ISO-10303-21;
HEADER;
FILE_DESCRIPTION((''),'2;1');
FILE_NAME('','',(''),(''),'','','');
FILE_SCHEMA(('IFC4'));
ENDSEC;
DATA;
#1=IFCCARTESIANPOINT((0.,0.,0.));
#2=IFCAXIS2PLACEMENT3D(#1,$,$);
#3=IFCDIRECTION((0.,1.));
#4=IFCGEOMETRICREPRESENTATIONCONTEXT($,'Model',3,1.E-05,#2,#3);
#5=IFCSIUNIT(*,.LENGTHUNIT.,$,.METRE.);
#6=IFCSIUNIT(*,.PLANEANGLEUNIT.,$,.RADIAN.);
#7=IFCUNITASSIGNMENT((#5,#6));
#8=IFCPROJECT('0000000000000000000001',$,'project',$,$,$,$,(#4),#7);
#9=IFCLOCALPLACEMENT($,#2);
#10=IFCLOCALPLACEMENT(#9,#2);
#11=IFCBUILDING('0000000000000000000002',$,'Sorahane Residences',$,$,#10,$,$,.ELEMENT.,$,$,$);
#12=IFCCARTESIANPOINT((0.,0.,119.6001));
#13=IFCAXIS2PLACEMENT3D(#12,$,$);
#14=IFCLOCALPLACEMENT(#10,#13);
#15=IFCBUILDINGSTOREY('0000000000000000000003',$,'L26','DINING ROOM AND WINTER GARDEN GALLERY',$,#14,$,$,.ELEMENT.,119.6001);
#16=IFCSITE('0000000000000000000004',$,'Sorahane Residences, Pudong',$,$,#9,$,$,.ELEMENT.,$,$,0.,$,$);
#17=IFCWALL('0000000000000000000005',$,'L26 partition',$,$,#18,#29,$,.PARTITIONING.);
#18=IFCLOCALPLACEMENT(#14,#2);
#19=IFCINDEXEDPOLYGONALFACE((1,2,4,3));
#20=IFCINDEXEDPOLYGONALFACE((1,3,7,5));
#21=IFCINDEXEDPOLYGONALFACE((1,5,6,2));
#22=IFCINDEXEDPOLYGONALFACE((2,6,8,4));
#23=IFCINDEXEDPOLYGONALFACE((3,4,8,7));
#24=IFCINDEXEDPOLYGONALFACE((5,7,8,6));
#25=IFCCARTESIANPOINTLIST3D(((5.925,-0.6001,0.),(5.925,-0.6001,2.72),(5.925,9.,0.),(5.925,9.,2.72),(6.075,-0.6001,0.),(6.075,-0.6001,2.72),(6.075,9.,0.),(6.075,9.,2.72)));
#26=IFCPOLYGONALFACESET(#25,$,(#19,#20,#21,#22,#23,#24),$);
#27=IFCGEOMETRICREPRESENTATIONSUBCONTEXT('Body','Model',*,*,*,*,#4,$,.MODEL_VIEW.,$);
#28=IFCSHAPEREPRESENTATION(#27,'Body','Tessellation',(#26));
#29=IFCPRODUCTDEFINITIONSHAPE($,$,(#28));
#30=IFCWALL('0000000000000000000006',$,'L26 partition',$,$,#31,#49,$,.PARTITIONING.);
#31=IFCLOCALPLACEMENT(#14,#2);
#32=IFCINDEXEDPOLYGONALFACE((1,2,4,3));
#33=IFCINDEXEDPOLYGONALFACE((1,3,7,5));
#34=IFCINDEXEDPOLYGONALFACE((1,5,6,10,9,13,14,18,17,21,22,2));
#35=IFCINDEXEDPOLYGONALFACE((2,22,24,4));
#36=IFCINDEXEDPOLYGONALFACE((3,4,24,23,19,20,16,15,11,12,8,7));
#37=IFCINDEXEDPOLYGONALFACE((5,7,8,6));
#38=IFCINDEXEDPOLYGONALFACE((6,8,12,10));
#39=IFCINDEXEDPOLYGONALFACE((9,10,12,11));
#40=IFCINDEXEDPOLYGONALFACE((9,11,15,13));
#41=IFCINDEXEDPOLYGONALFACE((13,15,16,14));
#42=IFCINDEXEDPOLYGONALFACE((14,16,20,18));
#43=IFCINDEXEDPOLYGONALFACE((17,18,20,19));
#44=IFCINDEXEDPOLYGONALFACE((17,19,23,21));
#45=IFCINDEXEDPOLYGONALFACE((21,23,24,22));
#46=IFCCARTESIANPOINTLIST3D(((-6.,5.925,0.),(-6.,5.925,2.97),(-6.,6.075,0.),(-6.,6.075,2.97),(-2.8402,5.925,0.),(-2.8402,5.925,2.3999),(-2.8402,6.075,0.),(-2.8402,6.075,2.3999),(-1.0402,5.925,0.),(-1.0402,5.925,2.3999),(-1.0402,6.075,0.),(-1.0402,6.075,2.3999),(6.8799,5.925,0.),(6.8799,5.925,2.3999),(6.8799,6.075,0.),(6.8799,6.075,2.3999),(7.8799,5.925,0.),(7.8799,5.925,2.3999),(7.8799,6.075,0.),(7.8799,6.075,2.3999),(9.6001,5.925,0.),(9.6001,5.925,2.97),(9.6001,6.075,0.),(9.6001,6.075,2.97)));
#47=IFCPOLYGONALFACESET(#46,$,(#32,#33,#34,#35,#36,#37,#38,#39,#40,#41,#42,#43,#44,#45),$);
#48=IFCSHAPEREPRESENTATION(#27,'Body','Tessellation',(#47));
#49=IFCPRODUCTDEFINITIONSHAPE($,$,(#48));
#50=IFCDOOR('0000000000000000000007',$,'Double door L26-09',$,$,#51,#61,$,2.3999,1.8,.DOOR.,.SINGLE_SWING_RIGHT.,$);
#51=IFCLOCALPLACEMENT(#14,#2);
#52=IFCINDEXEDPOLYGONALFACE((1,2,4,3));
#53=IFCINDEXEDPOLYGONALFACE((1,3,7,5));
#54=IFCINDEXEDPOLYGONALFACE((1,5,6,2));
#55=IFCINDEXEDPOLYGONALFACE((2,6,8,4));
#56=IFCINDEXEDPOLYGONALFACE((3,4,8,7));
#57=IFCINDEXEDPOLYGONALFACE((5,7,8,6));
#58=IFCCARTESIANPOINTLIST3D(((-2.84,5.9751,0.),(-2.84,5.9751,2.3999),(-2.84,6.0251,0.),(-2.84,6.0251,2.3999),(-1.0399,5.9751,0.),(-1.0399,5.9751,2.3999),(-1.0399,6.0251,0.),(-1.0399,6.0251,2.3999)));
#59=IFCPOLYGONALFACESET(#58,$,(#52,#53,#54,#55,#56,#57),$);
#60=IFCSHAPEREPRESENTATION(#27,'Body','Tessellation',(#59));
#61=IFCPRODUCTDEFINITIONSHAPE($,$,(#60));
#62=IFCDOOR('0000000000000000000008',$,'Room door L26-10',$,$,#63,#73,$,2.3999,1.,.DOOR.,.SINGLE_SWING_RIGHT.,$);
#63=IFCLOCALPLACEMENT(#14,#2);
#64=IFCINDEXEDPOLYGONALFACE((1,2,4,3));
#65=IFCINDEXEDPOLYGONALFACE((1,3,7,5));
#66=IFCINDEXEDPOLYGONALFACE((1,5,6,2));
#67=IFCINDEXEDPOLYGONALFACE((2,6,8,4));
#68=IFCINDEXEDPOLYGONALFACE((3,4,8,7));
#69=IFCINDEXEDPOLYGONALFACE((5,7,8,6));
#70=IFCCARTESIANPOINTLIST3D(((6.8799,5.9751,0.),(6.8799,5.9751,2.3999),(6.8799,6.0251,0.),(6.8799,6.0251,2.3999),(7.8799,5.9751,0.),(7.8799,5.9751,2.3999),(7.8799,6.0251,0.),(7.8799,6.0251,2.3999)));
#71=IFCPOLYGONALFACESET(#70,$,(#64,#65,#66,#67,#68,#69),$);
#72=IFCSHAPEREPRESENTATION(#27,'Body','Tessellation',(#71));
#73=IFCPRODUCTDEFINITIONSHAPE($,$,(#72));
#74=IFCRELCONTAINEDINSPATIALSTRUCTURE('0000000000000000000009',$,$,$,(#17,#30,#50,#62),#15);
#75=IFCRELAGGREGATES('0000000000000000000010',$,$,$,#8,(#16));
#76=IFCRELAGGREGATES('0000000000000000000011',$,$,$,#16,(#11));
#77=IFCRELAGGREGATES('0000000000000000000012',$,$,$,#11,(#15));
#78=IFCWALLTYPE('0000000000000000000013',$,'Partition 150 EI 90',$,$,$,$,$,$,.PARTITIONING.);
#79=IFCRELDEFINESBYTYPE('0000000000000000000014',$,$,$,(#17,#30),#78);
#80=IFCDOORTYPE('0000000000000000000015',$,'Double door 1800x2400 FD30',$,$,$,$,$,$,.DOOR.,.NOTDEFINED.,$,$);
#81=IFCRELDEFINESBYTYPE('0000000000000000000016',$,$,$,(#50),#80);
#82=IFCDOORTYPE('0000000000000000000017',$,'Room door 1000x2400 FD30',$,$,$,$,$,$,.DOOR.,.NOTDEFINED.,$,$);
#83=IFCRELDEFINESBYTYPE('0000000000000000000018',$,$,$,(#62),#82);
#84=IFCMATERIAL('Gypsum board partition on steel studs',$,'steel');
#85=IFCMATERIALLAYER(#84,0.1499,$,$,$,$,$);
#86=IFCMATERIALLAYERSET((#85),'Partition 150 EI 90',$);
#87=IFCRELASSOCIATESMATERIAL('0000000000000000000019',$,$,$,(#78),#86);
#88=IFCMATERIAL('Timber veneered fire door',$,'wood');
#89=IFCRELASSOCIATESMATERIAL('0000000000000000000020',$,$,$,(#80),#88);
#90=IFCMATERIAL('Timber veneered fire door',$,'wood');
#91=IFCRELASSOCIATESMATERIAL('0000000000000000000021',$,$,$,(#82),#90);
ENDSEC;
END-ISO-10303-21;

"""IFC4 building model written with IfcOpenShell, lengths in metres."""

from ifc_helpers import new_model, si_unit, direction, frame, frame_2d, origin, place, context, subcontext, project, spatial, rectangle, extrude, material, layer, layer_set, type_object, element, fill, save


model = new_model("IFC4")

# Units and contexts
model_context = context("Model", 3, precision=1e-05, world=origin(), true_north=direction((0.0, 1.0)))
body_context = subcontext(model_context, "Body", "Model", "MODEL_VIEW")
ifc_project = project(units=[si_unit("LENGTHUNIT", "METRE"), si_unit("PLANEANGLEUNIT", "RADIAN")], contexts=[model_context])

# Site, building, storey
site_placement = place(None, origin())
site = spatial("IfcSite", under=ifc_project, at=site_placement, Name="Sorahane Residences, Pudong", CompositionType="ELEMENT", RefElevation=0.0)
building_placement = place(site_placement, origin())
building = spatial("IfcBuilding", under=site, at=building_placement, Name="Sorahane Residences", CompositionType="ELEMENT")
storey_placement = place(building_placement, frame((0.0, 0.0, 119.6001)))
storey = spatial("IfcBuildingStorey", under=building, at=storey_placement, Name="L26", Description="DINING ROOM AND WINTER GARDEN GALLERY", CompositionType="ELEMENT", Elevation=119.6001)

# Wall
ifc_material_1 = material(Name="Gypsum board partition on steel studs", Category="steel")
ifc_layer_1 = layer(ifc_material_1, 0.1499)
ifc_layer_set_1 = layer_set([ifc_layer_1], Name="Partition 150 EI 90")
wall_type = type_object("IfcWallType", Name="Partition 150 EI 90", PredefinedType="PARTITIONING", material=ifc_layer_set_1)
wall_1_placement = place(storey_placement, frame((6.0, -0.6001, 0.0), z_axis=(0.0, 0.0, 1.0), x_axis=(0.0, 1.0, 0.0)))
element("IfcWall", 1, at=wall_1_placement, inside=storey, type_object=wall_type, Name="L26 partition", PredefinedType="PARTITIONING", context=body_context, shape_type="SweptSolid", body=[
    extrude(rectangle(XDim=9.6001, YDim=0.1499, at=frame_2d((4.8, 0.0))), origin(), (0.0, 0.0, 1.0), 2.72),
])

# Wall, openings, doors
wall_2_placement = place(storey_placement, frame((-6.0, 6.0, 0.0), z_axis=(0.0, 0.0, 1.0), x_axis=(1.0, 0.0, 0.0)))
wall_2 = element("IfcWall", 2, at=wall_2_placement, inside=storey, type_object=wall_type, Name="L26 partition", PredefinedType="PARTITIONING", context=body_context, shape_type="SweptSolid", body=[
    extrude(rectangle(XDim=15.6001, YDim=0.1499, at=frame_2d((7.8, 0.0))), origin(), (0.0, 0.0, 1.0), 2.97),
])
opening_1_placement = place(wall_2_placement, frame((3.1599, 0.0, 0.0)))
opening_1 = element("IfcOpeningElement", 3, at=opening_1_placement, cuts=wall_2, PredefinedType="OPENING", context=body_context, shape_type="SweptSolid", body=[
    extrude(rectangle(XDim=1.8, YDim=2.3999, at=frame_2d((0.8999, 1.2))), frame((0.0, 0.085, 0.0), z_axis=(0.0, -1.0, 0.0), x_axis=(1.0, 0.0, 0.0)), (0.0, 0.0, 1.0), 0.1699),
])
opening_2_placement = place(wall_2_placement, frame((12.8799, 0.0, 0.0)))
opening_2 = element("IfcOpeningElement", 4, at=opening_2_placement, cuts=wall_2, PredefinedType="OPENING", context=body_context, shape_type="SweptSolid", body=[
    extrude(rectangle(XDim=1.0, YDim=2.3999, at=frame_2d((0.5, 1.2))), frame((0.0, 0.085, 0.0), z_axis=(0.0, -1.0, 0.0), x_axis=(1.0, 0.0, 0.0)), (0.0, 0.0, 1.0), 0.1699),
])
ifc_material_2 = material(Name="Timber veneered fire door", Category="wood")
door_type_1 = type_object("IfcDoorType", Name="Double door 1800x2400 FD30", OperationType="NOTDEFINED", PredefinedType="DOOR", material=ifc_material_2)
door_1_placement = place(opening_1_placement, frame((1.8, 0.0, 0.0), z_axis=(0.0, 0.0, 1.0), x_axis=(-1.0, 0.0, 0.0)))
door_1 = element("IfcDoor", 5, at=door_1_placement, inside=storey, type_object=door_type_1, Name="Double door L26-09", OperationType="SINGLE_SWING_RIGHT", OverallHeight=2.3999, OverallWidth=1.8, PredefinedType="DOOR", context=body_context, shape_type="SweptSolid", body=[
    extrude(rectangle(XDim=1.8, YDim=2.3999, at=frame_2d((0.8999, 1.2))), frame((0.0, 0.0249, 0.0), z_axis=(0.0, -1.0, 0.0), x_axis=(1.0, 0.0, 0.0)), (0.0, 0.0, 1.0), 0.05),
])
fill(opening_1, door_1)
ifc_material_3 = material(Name="Timber veneered fire door", Category="wood")
door_type_2 = type_object("IfcDoorType", Name="Room door 1000x2400 FD30", OperationType="NOTDEFINED", PredefinedType="DOOR", material=ifc_material_3)
door_2_placement = place(opening_2_placement, frame((1.0, 0.0, 0.0), z_axis=(0.0, 0.0, 1.0), x_axis=(-1.0, 0.0, 0.0)))
door_2 = element("IfcDoor", 6, at=door_2_placement, inside=storey, type_object=door_type_2, Name="Room door L26-10", OperationType="SINGLE_SWING_RIGHT", OverallHeight=2.3999, OverallWidth=1.0, PredefinedType="DOOR", context=body_context, shape_type="SweptSolid", body=[
    extrude(rectangle(XDim=1.0, YDim=2.3999, at=frame_2d((0.5, 1.2))), frame((0.0, 0.0249, 0.0), z_axis=(0.0, -1.0, 0.0), x_axis=(1.0, 0.0, 0.0)), (0.0, 0.0, 1.0), 0.05),
])
fill(opening_2, door_2)

save(model, "model.ifc")
